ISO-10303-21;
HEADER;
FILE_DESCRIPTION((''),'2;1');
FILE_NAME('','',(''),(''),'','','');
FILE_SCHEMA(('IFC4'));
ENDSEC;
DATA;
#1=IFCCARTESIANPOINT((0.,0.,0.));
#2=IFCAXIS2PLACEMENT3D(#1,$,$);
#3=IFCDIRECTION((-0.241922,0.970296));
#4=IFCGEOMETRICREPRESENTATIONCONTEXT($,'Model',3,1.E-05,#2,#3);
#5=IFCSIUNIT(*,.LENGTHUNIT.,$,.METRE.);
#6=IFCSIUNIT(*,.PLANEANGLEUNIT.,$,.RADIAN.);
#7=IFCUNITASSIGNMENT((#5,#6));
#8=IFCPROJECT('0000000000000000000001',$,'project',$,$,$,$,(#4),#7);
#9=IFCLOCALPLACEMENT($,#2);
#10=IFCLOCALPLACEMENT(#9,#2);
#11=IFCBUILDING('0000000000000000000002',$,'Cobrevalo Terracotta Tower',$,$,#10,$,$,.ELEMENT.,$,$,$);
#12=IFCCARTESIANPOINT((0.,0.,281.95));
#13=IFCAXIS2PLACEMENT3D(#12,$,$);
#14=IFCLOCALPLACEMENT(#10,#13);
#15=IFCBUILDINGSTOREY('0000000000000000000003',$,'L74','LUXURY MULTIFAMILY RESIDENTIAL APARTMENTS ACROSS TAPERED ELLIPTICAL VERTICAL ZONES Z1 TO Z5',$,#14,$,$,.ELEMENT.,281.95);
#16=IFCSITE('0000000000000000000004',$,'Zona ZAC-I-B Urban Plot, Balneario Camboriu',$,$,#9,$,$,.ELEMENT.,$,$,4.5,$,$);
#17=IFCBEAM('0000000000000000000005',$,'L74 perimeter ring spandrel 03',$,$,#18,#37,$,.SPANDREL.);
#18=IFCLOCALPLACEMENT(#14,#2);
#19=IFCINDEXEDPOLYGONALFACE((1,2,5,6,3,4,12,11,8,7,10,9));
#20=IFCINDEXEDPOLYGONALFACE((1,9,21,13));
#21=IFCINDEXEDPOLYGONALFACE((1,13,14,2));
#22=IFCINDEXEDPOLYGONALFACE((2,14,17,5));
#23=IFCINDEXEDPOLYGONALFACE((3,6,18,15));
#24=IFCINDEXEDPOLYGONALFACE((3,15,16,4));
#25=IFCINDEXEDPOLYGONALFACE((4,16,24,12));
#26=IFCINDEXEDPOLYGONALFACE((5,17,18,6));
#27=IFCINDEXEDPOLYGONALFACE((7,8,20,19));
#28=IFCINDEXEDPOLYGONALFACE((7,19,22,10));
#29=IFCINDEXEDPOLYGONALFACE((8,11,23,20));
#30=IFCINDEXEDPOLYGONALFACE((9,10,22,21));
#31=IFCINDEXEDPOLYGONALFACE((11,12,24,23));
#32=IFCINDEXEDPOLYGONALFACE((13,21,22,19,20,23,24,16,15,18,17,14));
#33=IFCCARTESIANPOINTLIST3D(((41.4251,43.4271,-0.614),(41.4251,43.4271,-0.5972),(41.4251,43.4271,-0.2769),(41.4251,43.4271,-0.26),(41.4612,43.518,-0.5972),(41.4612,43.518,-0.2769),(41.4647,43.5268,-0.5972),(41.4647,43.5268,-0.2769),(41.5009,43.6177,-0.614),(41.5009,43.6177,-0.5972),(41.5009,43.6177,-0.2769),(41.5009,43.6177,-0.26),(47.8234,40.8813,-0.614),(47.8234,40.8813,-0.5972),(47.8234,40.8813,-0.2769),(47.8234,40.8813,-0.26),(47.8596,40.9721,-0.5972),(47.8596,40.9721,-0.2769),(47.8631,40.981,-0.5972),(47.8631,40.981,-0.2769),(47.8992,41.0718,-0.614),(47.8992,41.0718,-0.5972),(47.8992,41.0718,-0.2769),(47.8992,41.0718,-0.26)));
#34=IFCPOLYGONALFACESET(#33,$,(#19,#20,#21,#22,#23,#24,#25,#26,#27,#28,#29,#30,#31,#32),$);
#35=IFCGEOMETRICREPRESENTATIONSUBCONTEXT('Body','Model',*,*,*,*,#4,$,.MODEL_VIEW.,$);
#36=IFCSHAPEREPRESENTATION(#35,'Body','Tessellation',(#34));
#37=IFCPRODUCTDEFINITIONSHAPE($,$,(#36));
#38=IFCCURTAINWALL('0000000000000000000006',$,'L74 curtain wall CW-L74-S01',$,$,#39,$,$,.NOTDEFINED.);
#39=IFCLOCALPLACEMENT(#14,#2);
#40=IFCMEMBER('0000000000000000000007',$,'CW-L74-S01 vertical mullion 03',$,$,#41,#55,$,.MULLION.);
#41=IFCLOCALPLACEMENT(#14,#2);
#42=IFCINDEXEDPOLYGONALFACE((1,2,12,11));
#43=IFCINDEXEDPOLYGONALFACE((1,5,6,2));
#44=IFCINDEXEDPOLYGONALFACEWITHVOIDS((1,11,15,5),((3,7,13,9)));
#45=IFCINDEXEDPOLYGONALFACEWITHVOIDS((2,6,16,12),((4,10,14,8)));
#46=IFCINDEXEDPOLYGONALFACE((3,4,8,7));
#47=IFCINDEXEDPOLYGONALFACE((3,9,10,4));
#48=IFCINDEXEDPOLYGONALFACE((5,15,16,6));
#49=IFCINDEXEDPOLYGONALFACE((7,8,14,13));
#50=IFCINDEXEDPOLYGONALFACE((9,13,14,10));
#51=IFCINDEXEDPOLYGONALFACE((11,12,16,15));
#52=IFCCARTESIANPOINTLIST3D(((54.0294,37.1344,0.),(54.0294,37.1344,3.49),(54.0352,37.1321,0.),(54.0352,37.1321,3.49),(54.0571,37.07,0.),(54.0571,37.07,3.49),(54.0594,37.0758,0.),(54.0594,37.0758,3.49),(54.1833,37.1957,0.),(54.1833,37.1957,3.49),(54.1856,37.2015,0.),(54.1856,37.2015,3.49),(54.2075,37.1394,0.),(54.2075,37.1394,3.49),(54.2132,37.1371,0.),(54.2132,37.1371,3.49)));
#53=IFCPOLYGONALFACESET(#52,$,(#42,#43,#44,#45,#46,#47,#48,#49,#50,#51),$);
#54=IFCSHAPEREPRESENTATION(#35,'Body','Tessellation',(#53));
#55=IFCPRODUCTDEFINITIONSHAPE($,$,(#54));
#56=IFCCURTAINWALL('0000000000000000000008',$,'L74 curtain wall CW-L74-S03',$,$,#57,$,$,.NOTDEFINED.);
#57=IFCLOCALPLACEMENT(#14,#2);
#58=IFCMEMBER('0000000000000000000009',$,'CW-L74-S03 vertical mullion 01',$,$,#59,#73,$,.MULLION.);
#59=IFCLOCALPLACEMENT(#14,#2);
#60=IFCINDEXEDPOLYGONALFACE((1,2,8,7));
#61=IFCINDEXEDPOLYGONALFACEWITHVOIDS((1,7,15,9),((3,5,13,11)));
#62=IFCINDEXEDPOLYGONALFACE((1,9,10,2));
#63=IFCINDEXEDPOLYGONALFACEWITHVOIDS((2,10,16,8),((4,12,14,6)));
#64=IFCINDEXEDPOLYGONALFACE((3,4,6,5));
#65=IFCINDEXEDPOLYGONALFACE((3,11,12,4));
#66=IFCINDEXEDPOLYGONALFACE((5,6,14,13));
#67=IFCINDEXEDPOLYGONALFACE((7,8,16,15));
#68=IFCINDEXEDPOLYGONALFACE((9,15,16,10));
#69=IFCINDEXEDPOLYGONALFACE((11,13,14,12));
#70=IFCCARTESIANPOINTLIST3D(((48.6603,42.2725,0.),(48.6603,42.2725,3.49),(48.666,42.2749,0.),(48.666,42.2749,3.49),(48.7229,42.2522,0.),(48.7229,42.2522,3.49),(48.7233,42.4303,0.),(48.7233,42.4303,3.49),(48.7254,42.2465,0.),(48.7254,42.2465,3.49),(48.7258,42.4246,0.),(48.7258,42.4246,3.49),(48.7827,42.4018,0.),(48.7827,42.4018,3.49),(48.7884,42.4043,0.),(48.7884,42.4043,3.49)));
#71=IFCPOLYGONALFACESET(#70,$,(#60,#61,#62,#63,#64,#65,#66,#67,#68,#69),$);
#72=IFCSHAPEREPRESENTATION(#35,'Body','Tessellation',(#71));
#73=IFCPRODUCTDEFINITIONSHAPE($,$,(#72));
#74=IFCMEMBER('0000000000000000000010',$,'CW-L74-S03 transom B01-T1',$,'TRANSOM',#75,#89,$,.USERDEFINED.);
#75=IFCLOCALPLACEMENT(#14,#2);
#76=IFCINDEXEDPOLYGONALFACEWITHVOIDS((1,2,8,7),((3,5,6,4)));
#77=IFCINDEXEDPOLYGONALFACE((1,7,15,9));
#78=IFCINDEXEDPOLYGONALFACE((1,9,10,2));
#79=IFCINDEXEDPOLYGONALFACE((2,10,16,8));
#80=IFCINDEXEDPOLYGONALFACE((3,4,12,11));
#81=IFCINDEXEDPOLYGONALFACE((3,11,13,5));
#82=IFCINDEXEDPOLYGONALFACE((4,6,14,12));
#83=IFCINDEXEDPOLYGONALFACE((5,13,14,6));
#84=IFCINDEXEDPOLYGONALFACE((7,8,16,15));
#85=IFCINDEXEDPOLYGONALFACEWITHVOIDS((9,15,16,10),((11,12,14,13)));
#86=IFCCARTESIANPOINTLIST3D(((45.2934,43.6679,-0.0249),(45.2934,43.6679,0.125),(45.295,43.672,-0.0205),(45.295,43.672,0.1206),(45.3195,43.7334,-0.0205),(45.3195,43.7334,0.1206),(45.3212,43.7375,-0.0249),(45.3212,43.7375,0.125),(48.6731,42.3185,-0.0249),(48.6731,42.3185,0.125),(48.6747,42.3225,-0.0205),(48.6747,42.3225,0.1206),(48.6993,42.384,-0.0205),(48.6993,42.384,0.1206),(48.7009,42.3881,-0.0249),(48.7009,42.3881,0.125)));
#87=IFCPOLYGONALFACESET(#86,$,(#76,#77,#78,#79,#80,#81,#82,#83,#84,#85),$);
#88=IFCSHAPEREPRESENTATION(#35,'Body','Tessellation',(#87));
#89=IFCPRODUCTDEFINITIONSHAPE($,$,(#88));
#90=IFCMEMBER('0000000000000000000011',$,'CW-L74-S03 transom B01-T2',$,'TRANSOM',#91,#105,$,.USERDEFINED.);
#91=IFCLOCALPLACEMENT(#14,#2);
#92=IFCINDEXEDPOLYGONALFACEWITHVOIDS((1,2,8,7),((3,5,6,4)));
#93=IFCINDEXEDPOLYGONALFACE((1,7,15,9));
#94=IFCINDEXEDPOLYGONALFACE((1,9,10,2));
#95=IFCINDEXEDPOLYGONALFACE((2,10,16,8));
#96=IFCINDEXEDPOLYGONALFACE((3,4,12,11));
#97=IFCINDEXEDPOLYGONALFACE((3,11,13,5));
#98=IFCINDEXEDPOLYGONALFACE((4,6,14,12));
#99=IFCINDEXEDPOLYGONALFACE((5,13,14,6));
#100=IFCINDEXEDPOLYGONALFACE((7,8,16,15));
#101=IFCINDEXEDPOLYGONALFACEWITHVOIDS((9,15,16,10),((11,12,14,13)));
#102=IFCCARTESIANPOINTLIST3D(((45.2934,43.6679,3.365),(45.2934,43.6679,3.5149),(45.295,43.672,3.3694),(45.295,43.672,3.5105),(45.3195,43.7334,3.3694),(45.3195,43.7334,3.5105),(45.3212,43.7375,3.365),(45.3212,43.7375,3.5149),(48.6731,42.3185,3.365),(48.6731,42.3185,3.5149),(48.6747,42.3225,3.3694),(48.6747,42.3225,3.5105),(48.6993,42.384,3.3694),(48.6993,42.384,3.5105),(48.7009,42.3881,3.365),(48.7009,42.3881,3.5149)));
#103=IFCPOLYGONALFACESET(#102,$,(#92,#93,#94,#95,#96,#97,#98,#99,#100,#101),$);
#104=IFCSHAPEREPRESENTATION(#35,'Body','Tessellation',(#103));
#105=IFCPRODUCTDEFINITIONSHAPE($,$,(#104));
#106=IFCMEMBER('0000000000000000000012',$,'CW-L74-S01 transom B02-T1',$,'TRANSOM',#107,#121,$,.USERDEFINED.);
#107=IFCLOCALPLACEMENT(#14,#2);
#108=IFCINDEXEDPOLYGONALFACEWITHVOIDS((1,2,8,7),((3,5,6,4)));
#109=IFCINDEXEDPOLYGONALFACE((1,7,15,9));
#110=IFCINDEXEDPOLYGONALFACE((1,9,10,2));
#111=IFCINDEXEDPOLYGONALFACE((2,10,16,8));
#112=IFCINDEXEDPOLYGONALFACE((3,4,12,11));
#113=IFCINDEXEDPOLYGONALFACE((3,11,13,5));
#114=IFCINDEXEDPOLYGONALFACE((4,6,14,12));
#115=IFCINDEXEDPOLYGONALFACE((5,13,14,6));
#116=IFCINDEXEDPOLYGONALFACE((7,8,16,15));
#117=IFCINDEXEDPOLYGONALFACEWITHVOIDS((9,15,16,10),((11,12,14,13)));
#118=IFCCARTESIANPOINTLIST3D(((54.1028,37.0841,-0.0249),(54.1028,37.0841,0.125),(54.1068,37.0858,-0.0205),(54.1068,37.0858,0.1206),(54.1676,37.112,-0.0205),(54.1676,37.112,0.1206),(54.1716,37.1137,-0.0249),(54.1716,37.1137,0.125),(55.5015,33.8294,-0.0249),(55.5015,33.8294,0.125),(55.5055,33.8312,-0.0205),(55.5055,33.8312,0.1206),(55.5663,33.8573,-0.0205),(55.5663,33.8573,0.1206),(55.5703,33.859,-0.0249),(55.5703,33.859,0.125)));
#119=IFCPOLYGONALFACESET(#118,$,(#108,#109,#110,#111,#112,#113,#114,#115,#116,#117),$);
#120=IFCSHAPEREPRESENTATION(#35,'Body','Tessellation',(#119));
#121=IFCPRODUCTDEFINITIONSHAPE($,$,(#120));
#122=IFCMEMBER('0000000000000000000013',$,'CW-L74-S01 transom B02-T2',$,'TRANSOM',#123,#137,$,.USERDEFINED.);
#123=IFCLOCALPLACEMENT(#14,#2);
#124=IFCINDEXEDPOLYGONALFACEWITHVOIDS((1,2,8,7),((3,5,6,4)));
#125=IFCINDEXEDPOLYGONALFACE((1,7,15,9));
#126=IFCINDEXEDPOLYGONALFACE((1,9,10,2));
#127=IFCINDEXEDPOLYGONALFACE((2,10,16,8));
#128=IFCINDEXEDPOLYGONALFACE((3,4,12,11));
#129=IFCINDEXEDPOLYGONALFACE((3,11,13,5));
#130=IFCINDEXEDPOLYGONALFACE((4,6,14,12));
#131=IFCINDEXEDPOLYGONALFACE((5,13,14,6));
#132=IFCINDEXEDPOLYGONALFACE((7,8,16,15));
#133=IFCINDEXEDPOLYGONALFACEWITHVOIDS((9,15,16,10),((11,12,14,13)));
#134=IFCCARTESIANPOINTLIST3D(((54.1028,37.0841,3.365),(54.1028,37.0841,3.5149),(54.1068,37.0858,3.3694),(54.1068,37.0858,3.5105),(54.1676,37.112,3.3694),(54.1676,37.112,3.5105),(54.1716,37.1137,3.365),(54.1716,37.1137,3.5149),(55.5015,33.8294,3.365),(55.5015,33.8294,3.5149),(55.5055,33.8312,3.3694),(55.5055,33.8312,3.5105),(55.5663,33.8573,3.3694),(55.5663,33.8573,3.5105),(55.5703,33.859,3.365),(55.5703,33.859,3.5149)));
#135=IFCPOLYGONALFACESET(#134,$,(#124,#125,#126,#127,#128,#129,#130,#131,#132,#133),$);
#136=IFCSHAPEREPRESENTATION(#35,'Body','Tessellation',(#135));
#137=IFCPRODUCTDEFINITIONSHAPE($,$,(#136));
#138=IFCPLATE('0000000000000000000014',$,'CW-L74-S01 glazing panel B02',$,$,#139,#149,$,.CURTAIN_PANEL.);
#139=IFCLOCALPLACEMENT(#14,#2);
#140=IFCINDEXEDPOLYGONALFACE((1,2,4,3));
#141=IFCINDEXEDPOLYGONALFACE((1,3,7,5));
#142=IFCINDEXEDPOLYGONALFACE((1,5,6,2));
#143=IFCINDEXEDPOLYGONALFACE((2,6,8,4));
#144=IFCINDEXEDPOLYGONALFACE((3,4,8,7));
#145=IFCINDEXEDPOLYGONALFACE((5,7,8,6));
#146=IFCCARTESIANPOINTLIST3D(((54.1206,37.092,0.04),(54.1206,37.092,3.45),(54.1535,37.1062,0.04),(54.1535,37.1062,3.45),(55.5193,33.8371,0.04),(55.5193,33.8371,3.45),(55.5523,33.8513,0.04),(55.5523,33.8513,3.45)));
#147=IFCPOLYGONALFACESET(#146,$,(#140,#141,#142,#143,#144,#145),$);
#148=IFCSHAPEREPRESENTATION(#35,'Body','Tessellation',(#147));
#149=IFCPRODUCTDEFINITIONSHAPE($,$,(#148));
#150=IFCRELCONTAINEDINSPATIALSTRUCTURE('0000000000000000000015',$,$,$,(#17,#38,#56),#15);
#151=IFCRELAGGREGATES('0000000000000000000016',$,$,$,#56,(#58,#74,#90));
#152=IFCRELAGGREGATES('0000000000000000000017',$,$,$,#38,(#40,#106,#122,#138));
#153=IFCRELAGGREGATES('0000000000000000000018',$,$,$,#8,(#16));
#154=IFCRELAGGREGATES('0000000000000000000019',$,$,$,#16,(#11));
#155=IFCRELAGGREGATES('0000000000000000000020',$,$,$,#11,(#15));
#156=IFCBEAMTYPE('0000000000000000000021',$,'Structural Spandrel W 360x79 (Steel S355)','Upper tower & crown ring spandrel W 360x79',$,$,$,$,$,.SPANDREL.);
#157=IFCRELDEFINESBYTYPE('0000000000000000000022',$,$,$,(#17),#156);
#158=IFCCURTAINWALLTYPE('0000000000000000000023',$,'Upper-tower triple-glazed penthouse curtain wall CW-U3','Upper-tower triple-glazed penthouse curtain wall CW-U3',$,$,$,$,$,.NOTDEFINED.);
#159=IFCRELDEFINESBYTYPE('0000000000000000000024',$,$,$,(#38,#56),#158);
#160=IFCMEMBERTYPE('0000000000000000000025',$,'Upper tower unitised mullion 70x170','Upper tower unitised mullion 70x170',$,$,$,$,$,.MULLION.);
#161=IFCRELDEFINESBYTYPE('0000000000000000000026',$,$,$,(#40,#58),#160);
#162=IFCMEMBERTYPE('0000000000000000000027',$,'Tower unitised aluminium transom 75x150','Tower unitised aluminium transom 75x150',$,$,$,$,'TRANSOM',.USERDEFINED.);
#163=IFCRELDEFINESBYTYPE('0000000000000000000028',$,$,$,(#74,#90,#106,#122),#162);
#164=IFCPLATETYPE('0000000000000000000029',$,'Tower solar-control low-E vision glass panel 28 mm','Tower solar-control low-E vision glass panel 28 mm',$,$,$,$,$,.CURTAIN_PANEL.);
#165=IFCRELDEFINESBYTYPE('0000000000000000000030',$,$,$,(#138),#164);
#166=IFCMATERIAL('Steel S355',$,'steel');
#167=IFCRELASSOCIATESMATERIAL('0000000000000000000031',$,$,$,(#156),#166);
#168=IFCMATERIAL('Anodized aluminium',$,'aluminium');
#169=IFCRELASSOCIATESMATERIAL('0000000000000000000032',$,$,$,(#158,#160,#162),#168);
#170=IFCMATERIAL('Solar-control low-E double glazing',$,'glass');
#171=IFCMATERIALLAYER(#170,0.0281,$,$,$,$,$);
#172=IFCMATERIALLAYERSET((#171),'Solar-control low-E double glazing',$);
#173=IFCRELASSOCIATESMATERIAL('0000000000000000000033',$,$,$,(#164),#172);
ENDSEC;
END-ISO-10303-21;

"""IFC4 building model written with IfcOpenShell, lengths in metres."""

from ifc_helpers import new_model, si_unit, direction, frame, origin, origin_2d, place, context, subcontext, project, spatial, rectangle, hollow_rectangle, i_section, extrude, source, transform, mapped, material, layer, layer_set, material_profile, profile_set, type_object, element, aggregate, save


model = new_model("IFC4")

# Units and contexts
model_context = context("Model", 3, precision=1e-05, world=origin(), true_north=direction((-0.241922, 0.970296)))
body_context = subcontext(model_context, "Body", "Model", "MODEL_VIEW")
ifc_project = project(units=[si_unit("LENGTHUNIT", "METRE"), si_unit("PLANEANGLEUNIT", "RADIAN")], contexts=[model_context])

# Site, building, storey
site_placement = place(None, origin())
site = spatial("IfcSite", under=ifc_project, at=site_placement, Name="Zona ZAC-I-B Urban Plot, Balneario Camboriu", CompositionType="ELEMENT", RefElevation=4.5)
building_placement = place(site_placement, origin())
building = spatial("IfcBuilding", under=site, at=building_placement, Name="Cobrevalo Terracotta Tower", CompositionType="ELEMENT")
storey_placement = place(building_placement, frame((0.0, 0.0, 281.95)))
storey = spatial("IfcBuildingStorey", under=building, at=storey_placement, Name="L74", Description="LUXURY MULTIFAMILY RESIDENTIAL APARTMENTS ACROSS TAPERED ELLIPTICAL VERTICAL ZONES Z1 TO Z5", CompositionType="ELEMENT", Elevation=281.95)

# Shared definitions
ifc_material_1 = material(Name="Steel S355", Category="steel")

# Beam
ifc_material_profile_1 = material_profile(ifc_material_1, i_section(OverallWidth=0.2051, OverallDepth=0.354, WebThickness=0.0095, FlangeThickness=0.0168, at=origin_2d()), Name="W 360x79")
ifc_profile_set_1 = profile_set([ifc_material_profile_1], Name="Steel S355")
beam_type_1 = type_object("IfcBeamType", Name="Structural Spandrel W 360x79 (Steel S355)", Description="Upper tower & crown ring spandrel W 360x79", PredefinedType="SPANDREL", material=ifc_profile_set_1)
beam_1_placement = place(storey_placement, frame((47.8613, 40.9766, -0.437), z_axis=(-0.92915, 0.369703, 0.0), x_axis=(-0.369703, -0.92915, 0.0)))
element("IfcBeam", 1, at=beam_1_placement, inside=storey, type_object=beam_type_1, Name="L74 perimeter ring spandrel 03", PredefinedType="SPANDREL", context=body_context, shape_type="SweptSolid", body=[
    extrude(i_section(OverallWidth=0.2051, OverallDepth=0.354, WebThickness=0.0095, FlangeThickness=0.0168, at=origin_2d()), origin(), (0.0, 0.0, 1.0), 6.8862),
])

# Curtain wall, member
ifc_material_2 = material(Name="Anodized aluminium", Category="aluminium")
curtain_wall_type = type_object("IfcCurtainWallType", Name="Upper-tower triple-glazed penthouse curtain wall CW-U3", Description="Upper-tower triple-glazed penthouse curtain wall CW-U3", PredefinedType="NOTDEFINED", material=ifc_material_2)
curtain_wall_1_placement = place(storey_placement, origin())
curtain_wall_1 = element("IfcCurtainWall", 2, at=curtain_wall_1_placement, inside=storey, type_object=curtain_wall_type, Name="L74 curtain wall CW-L74-S01", PredefinedType="NOTDEFINED")
ifc_material_profile_2 = material_profile(ifc_material_2, hollow_rectangle(XDim=0.0701, YDim=0.1699, WallThickness=0.0044, at=origin_2d()), Name="CWM 70x170")
ifc_profile_set_2 = profile_set([ifc_material_profile_2], Name="Anodized aluminium")
member_type_1 = type_object("IfcMemberType", Name="Upper tower unitised mullion 70x170", Description="Upper tower unitised mullion 70x170", PredefinedType="MULLION", material=ifc_profile_set_2)
shared_shape_1 = source(origin(), body_context, "Body", "SweptSolid", [
    extrude(hollow_rectangle(XDim=0.0701, YDim=0.1699, WallThickness=0.0044, at=origin_2d()), origin(), (0.0, 0.0, 1.0), 3.49),
])
member_1_placement = place(storey_placement, frame((54.1213, 37.1357, 0.0), z_axis=(0.0, 0.0, 1.0), x_axis=(-0.394824, 0.918757, 0.0)))
member_1 = element("IfcMember", 3, at=member_1_placement, type_object=member_type_1, Name="CW-L74-S01 vertical mullion 03", PredefinedType="MULLION", context=body_context, shape_type="MappedRepresentation", body=[
    mapped(shared_shape_1, transform((0.0, 0.0, 0.0), scale=1.0)),
])

# Curtain wall, members
curtain_wall_2_placement = place(storey_placement, origin())
curtain_wall_2 = element("IfcCurtainWall", 4, at=curtain_wall_2_placement, inside=storey, type_object=curtain_wall_type, Name="L74 curtain wall CW-L74-S03", PredefinedType="NOTDEFINED")
member_2_placement = place(storey_placement, frame((48.7244, 42.3384, 0.0), z_axis=(0.0, 0.0, 1.0), x_axis=(-0.928719, 0.370784, 0.0)))
member_2 = element("IfcMember", 5, at=member_2_placement, type_object=member_type_1, Name="CW-L74-S03 vertical mullion 01", PredefinedType="MULLION", context=body_context, shape_type="MappedRepresentation", body=[
    mapped(shared_shape_1, transform((0.0, 0.0, 0.0), scale=1.0)),
])
ifc_material_profile_3 = material_profile(ifc_material_2, hollow_rectangle(XDim=0.075, YDim=0.1499, WallThickness=0.0044, at=origin_2d()), Name="CWT 75x150")
ifc_profile_set_3 = profile_set([ifc_material_profile_3], Name="Anodized aluminium")
member_type_2 = type_object("IfcMemberType", Name="Tower unitised aluminium transom 75x150", Description="Tower unitised aluminium transom 75x150", ElementType="TRANSOM", PredefinedType="USERDEFINED", material=ifc_profile_set_3)
shared_shape_2 = source(origin(), body_context, "Body", "SweptSolid", [
    extrude(hollow_rectangle(XDim=0.075, YDim=0.1499, WallThickness=0.0044, at=origin_2d()), origin(), (0.0, 0.0, 1.0), 3.6392),
])
member_3_placement = place(storey_placement, frame((48.687, 42.3533, 0.05), z_axis=(-0.928712, 0.370801, 0.0), x_axis=(-0.370801, -0.928712, 0.0)))
member_3 = element("IfcMember", 6, at=member_3_placement, type_object=member_type_2, Name="CW-L74-S03 transom B01-T1", ObjectType="TRANSOM", PredefinedType="USERDEFINED", context=body_context, shape_type="MappedRepresentation", body=[
    mapped(shared_shape_2, transform((0.0, 0.0, 0.0), scale=1.0)),
])
member_4_placement = place(storey_placement, frame((48.687, 42.3533, 3.4399), z_axis=(-0.928712, 0.370801, 0.0), x_axis=(-0.370801, -0.928712, 0.0)))
member_4 = element("IfcMember", 7, at=member_4_placement, type_object=member_type_2, Name="CW-L74-S03 transom B01-T2", ObjectType="TRANSOM", PredefinedType="USERDEFINED", context=body_context, shape_type="MappedRepresentation", body=[
    mapped(shared_shape_2, transform((0.0, 0.0, 0.0), scale=1.0)),
])
aggregate(curtain_wall_2, [member_2, member_3, member_4])

# Members
shared_shape_3 = source(origin(), body_context, "Body", "SweptSolid", [
    extrude(hollow_rectangle(XDim=0.075, YDim=0.1499, WallThickness=0.0044, at=origin_2d()), origin(), (0.0, 0.0, 1.0), 3.5425),
])
member_5_placement = place(storey_placement, frame((55.5359, 33.8442, 0.05), z_axis=(-0.394834, 0.918752, 0.0), x_axis=(-0.918752, -0.394834, 0.0)))
member_5 = element("IfcMember", 8, at=member_5_placement, type_object=member_type_2, Name="CW-L74-S01 transom B02-T1", ObjectType="TRANSOM", PredefinedType="USERDEFINED", context=body_context, shape_type="MappedRepresentation", body=[
    mapped(shared_shape_3, transform((0.0, 0.0, 0.0), scale=1.0)),
])
member_6_placement = place(storey_placement, frame((55.5359, 33.8442, 3.4399), z_axis=(-0.394834, 0.918752, 0.0), x_axis=(-0.918752, -0.394834, 0.0)))
member_6 = element("IfcMember", 9, at=member_6_placement, type_object=member_type_2, Name="CW-L74-S01 transom B02-T2", ObjectType="TRANSOM", PredefinedType="USERDEFINED", context=body_context, shape_type="MappedRepresentation", body=[
    mapped(shared_shape_3, transform((0.0, 0.0, 0.0), scale=1.0)),
])

# Plate
ifc_material_3 = material(Name="Solar-control low-E double glazing", Category="glass")
ifc_layer_1 = layer(ifc_material_3, 0.0281)
ifc_layer_set_1 = layer_set([ifc_layer_1], Name="Solar-control low-E double glazing")
plate_type = type_object("IfcPlateType", Name="Tower solar-control low-E vision glass panel 28 mm", Description="Tower solar-control low-E vision glass panel 28 mm", PredefinedType="CURTAIN_PANEL", material=ifc_layer_set_1)
shared_shape_4 = source(origin(), body_context, "Body", "SweptSolid", [
    extrude(rectangle(XDim=3.5427, YDim=0.0359, at=origin_2d()), origin(), (0.0, 0.0, 1.0), 3.4099),
])
plate_placement = place(storey_placement, frame((54.8364, 35.4717, 0.04), z_axis=(0.0, 0.0, 1.0), x_axis=(-0.394829, 0.918755, 0.0)))
plate = element("IfcPlate", 10, at=plate_placement, type_object=plate_type, Name="CW-L74-S01 glazing panel B02", PredefinedType="CURTAIN_PANEL", context=body_context, shape_type="MappedRepresentation", body=[
    mapped(shared_shape_4, transform((0.0, 0.0, 0.0), scale=1.0)),
])
aggregate(curtain_wall_1, [member_1, member_5, member_6, plate])

save(model, "model.ifc")
